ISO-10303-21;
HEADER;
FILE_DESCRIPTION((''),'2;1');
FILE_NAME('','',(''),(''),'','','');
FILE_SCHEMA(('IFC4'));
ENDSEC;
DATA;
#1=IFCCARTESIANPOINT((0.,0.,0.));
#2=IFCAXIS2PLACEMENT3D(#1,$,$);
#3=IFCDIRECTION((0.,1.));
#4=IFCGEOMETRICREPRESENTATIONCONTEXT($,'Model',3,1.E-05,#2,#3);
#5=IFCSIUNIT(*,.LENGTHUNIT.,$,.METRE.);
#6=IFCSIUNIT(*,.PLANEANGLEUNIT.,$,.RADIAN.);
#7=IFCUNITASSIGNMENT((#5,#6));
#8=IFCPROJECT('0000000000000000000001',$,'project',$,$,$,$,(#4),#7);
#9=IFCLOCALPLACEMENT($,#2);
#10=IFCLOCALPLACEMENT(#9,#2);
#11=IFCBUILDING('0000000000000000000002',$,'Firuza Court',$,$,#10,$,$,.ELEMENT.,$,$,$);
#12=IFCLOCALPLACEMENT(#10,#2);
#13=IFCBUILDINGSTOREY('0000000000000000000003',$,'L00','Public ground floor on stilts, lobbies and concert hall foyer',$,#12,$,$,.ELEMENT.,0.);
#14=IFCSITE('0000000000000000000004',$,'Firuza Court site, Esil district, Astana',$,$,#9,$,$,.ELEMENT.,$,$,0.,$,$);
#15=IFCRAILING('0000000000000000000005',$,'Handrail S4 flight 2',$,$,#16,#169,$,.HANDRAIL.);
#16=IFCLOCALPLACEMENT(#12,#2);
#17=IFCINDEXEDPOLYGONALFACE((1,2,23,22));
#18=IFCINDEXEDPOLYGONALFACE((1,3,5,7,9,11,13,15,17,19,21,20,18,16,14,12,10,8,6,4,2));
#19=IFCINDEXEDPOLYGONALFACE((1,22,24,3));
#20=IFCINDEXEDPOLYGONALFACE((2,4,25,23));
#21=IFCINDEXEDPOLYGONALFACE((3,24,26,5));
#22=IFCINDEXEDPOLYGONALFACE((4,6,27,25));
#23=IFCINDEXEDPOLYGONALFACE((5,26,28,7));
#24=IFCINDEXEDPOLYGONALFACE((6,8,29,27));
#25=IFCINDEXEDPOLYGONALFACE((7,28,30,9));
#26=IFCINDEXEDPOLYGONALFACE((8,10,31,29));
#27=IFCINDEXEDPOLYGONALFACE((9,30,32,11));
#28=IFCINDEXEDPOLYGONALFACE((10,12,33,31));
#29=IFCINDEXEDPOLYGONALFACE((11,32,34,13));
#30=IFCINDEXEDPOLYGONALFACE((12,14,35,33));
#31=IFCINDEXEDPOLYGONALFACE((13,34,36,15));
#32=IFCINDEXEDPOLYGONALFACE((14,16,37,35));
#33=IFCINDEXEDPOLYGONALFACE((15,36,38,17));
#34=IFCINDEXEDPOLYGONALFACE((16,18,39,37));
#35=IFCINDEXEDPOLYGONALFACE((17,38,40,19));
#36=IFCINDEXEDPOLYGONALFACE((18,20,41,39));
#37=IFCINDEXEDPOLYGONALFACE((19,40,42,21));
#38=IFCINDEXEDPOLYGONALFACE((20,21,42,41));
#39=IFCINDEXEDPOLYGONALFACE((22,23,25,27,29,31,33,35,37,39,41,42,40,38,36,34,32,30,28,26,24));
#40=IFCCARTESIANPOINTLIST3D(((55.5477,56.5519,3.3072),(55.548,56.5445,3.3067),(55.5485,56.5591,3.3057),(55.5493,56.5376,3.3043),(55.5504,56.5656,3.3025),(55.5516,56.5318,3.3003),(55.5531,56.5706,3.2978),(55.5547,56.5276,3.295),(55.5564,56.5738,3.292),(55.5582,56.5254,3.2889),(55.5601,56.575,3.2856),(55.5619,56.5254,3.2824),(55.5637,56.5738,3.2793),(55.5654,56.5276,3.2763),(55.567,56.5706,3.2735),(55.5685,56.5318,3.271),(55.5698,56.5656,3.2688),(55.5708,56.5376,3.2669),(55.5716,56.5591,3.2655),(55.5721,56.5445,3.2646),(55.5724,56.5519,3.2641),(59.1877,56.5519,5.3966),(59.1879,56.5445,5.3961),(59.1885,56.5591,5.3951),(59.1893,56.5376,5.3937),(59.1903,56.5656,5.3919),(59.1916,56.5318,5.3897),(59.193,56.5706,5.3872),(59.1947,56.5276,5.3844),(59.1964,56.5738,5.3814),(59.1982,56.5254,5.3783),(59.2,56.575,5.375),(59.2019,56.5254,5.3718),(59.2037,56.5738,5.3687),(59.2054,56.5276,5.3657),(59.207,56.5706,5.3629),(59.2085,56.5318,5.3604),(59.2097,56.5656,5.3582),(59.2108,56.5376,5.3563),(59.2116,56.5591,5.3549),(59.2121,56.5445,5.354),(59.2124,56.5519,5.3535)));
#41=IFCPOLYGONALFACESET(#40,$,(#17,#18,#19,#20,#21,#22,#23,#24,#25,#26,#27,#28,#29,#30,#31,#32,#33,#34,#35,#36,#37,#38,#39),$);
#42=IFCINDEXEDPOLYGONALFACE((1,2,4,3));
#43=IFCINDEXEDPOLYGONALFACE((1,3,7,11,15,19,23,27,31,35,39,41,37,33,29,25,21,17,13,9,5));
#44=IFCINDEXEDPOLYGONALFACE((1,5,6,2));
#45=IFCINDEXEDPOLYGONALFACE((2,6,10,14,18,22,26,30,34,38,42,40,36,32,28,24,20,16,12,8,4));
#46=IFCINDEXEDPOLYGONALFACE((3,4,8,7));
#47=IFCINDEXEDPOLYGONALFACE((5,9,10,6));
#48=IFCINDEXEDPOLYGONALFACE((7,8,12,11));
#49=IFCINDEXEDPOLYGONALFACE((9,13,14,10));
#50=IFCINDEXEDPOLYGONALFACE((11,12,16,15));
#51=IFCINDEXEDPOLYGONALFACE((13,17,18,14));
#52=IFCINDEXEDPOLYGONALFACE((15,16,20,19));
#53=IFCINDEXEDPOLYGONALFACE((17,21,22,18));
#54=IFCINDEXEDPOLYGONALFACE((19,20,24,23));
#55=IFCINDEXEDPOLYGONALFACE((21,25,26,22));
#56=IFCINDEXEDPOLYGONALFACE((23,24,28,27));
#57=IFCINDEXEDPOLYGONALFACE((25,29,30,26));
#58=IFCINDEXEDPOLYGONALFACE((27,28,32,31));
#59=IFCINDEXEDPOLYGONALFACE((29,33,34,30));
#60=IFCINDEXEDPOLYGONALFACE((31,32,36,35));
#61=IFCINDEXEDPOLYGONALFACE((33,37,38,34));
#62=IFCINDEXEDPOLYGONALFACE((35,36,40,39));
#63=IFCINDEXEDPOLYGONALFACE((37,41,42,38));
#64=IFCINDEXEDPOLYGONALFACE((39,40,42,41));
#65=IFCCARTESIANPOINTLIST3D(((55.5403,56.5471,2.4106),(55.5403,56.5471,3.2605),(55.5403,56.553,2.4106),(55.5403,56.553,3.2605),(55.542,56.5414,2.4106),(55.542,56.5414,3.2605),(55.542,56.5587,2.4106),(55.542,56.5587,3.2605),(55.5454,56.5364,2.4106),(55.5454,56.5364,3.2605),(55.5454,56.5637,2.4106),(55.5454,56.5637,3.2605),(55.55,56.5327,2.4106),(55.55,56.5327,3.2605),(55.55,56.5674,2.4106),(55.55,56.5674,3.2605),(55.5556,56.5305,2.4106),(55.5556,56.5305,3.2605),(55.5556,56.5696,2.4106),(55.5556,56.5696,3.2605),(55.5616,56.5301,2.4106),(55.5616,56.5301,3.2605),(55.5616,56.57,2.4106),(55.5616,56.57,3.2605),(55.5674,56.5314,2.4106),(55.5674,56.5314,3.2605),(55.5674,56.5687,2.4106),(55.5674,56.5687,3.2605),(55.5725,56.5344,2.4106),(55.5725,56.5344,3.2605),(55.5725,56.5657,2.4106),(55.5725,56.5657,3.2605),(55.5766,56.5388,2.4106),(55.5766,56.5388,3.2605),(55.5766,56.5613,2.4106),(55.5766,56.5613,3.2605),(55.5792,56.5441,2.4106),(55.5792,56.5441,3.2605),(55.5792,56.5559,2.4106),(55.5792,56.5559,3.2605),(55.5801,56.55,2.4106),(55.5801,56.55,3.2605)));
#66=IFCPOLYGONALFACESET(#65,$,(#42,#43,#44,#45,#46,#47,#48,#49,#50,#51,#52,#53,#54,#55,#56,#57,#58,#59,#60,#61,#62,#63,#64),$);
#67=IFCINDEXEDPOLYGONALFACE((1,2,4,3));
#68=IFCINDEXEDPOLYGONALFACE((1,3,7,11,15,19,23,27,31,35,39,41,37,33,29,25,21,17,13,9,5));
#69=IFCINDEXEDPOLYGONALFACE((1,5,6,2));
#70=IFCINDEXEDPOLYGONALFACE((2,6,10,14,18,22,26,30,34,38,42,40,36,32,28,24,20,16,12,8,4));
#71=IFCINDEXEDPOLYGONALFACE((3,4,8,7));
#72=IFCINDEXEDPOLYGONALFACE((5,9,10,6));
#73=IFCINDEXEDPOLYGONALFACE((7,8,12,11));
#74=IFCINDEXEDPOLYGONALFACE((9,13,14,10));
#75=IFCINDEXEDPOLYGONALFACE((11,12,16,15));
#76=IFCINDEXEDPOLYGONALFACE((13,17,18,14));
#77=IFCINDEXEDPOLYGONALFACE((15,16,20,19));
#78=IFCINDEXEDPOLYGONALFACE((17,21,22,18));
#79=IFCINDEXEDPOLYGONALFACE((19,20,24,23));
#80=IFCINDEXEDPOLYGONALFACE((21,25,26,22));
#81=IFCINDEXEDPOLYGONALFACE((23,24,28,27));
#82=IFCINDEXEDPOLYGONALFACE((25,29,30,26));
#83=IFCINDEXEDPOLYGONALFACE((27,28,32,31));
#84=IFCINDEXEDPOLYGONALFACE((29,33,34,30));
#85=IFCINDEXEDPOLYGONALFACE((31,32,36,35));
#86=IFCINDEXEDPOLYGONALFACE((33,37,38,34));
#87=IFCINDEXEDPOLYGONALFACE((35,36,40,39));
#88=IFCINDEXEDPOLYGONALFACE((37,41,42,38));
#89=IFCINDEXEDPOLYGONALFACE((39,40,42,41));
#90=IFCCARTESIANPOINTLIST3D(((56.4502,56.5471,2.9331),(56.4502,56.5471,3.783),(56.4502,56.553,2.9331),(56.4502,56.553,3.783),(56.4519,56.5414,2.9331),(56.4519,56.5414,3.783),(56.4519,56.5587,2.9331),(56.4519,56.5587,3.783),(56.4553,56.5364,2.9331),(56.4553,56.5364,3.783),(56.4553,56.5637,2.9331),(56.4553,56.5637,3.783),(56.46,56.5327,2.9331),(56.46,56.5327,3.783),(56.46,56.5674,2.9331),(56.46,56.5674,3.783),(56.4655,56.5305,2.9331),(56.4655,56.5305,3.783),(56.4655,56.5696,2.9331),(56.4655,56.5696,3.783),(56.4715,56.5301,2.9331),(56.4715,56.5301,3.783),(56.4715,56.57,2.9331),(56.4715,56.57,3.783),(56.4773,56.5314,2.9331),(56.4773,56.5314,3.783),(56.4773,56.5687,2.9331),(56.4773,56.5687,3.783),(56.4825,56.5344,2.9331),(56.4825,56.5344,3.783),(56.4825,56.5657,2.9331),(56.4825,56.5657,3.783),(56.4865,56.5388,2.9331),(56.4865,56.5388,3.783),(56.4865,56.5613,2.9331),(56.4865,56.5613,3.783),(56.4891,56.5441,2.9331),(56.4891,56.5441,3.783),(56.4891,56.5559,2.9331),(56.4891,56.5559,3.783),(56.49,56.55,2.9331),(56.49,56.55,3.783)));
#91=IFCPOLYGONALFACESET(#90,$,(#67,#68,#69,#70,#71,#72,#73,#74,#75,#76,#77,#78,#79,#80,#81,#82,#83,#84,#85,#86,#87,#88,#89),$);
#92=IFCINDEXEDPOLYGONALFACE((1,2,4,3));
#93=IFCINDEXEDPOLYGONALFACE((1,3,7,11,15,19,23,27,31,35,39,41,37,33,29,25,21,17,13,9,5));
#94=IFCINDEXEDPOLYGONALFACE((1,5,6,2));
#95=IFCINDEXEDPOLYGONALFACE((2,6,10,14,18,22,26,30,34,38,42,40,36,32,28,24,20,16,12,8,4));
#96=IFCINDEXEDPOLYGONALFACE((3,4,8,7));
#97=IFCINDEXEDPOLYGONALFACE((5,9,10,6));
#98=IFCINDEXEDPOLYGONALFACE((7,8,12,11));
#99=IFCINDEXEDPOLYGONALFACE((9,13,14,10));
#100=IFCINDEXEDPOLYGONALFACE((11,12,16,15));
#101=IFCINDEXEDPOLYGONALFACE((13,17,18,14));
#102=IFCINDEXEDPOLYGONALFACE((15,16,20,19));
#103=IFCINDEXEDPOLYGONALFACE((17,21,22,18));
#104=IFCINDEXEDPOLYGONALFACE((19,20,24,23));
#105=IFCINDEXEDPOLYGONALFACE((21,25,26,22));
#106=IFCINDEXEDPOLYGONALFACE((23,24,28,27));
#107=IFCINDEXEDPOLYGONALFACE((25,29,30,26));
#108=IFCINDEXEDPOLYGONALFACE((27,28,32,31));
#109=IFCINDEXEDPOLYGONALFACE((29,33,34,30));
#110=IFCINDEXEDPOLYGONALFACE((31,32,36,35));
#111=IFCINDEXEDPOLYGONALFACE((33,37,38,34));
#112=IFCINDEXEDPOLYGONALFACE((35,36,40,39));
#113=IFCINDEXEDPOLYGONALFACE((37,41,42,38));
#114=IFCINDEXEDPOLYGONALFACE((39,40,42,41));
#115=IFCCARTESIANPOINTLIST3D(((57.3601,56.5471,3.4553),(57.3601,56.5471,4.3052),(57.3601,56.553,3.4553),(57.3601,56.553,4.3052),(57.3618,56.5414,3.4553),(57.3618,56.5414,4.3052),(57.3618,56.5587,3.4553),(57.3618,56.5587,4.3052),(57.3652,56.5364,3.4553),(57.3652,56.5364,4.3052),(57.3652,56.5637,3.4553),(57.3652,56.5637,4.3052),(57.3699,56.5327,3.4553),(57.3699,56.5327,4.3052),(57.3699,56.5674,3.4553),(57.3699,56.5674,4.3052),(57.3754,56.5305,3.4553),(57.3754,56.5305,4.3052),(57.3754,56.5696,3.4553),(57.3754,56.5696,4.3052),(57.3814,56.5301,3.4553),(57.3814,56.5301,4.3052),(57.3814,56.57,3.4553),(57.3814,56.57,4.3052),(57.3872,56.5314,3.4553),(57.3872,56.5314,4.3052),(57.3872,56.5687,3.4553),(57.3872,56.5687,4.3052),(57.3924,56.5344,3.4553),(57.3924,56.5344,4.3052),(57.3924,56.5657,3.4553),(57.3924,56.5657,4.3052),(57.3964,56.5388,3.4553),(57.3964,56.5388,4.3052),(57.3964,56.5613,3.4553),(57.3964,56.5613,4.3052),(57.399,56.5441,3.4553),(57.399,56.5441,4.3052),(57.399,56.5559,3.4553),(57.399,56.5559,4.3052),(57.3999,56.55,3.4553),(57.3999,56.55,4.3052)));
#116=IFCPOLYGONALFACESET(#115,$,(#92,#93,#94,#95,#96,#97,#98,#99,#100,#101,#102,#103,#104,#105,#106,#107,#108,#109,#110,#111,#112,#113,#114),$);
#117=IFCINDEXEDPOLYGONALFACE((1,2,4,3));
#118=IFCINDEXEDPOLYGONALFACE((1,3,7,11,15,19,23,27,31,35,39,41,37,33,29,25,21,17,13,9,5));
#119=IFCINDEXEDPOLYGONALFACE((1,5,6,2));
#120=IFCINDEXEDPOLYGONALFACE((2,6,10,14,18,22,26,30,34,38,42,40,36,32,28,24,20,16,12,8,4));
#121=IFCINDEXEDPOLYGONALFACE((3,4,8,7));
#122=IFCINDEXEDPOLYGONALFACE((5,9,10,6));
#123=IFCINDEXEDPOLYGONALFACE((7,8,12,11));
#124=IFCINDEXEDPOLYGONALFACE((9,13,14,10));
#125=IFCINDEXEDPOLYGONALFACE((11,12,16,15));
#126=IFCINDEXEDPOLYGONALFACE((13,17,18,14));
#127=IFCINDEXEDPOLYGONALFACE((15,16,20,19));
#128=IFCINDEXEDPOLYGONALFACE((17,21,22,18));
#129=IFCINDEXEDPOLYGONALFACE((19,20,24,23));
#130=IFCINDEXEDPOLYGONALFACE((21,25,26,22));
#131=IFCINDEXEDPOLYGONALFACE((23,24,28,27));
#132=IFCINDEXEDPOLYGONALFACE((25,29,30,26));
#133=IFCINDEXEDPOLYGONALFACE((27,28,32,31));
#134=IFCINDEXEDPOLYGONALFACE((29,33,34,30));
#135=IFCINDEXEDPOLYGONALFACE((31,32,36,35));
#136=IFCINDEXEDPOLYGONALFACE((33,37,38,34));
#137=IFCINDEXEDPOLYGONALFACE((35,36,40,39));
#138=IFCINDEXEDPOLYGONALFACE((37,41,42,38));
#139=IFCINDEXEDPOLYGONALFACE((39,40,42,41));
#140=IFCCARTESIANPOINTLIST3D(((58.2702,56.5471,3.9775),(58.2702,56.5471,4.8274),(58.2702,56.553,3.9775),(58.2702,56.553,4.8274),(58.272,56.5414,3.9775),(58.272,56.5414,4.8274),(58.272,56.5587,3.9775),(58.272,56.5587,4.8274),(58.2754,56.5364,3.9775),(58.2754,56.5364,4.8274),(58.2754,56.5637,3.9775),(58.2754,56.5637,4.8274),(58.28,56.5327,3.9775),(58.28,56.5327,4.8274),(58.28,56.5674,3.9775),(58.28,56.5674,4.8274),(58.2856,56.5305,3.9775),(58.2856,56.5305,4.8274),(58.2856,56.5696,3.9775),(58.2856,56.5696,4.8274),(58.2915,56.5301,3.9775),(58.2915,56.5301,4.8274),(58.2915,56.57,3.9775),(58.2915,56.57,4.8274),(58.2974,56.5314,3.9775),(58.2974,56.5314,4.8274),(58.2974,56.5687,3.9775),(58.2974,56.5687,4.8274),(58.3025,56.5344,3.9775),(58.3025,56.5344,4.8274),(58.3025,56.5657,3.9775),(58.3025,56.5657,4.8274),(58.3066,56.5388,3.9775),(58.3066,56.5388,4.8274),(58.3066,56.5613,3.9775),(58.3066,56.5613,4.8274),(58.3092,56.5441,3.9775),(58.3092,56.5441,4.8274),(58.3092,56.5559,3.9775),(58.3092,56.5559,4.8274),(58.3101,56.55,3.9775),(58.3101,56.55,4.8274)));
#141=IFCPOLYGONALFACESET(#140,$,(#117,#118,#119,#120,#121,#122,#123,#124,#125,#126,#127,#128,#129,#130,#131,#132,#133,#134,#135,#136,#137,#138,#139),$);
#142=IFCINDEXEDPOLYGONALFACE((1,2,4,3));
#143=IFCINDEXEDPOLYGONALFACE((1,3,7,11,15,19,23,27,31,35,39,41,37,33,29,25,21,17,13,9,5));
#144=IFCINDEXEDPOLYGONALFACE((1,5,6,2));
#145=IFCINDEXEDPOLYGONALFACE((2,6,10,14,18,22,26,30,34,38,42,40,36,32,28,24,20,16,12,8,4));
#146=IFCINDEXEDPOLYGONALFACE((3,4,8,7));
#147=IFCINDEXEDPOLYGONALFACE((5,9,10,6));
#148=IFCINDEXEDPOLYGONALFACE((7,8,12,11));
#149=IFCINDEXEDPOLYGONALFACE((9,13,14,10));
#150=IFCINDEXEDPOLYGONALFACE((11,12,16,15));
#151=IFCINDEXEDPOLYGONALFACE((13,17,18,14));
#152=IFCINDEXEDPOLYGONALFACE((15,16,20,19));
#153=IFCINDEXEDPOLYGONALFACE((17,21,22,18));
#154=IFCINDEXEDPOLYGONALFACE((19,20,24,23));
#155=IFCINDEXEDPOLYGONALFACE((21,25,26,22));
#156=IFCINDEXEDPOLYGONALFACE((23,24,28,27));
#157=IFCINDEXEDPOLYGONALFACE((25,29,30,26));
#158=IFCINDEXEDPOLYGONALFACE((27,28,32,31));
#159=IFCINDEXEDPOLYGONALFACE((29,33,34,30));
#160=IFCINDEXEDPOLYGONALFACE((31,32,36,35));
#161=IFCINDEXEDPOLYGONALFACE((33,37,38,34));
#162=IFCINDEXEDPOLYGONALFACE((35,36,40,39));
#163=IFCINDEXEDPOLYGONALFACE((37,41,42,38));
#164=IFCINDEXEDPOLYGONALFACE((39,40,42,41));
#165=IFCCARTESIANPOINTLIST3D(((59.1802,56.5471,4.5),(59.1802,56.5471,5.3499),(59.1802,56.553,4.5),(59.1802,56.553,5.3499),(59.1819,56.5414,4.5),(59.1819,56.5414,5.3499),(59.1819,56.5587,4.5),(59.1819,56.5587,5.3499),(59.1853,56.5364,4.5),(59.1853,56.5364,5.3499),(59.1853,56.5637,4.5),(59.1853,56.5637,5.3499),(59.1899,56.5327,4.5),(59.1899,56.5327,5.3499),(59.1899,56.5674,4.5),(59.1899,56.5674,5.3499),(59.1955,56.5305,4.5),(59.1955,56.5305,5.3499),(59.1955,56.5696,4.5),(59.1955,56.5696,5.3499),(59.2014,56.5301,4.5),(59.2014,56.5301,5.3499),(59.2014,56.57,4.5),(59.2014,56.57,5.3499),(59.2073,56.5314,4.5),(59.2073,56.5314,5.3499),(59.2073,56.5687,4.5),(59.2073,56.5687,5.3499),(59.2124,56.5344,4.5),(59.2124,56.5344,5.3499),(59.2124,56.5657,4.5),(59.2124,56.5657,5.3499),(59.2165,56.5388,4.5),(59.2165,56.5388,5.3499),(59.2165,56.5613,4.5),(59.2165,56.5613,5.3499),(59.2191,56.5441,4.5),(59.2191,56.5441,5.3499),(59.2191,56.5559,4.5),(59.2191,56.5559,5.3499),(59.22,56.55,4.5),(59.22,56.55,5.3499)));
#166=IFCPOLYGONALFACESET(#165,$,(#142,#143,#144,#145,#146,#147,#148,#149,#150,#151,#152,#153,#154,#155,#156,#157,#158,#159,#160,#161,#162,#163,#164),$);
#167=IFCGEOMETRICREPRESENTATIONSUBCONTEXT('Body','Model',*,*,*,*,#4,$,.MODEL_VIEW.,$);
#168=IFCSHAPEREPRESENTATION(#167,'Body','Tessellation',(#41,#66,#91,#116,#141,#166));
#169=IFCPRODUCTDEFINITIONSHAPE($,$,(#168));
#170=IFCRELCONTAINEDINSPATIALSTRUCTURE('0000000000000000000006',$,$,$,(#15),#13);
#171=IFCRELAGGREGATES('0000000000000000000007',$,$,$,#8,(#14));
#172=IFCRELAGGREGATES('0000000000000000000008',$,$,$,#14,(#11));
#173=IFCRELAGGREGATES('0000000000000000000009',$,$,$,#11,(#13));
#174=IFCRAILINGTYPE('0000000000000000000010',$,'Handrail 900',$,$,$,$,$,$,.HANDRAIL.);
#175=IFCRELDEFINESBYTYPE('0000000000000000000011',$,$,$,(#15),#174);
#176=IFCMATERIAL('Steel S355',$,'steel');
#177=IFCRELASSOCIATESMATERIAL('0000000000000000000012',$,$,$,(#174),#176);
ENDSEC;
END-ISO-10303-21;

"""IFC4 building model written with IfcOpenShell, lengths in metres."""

from ifc_helpers import new_model, si_unit, direction, frame, origin, origin_2d, place, context, subcontext, project, spatial, circle, extrude, material, type_object, element, save


model = new_model("IFC4")

# Units and contexts
model_context = context("Model", 3, precision=1e-05, world=origin(), true_north=direction((0.0, 1.0)))
body_context = subcontext(model_context, "Body", "Model", "MODEL_VIEW")
ifc_project = project(units=[si_unit("LENGTHUNIT", "METRE"), si_unit("PLANEANGLEUNIT", "RADIAN")], contexts=[model_context])

# Site, building, storey
site_placement = place(None, origin())
site = spatial("IfcSite", under=ifc_project, at=site_placement, Name="Firuza Court site, Esil district, Astana", CompositionType="ELEMENT", RefElevation=0.0)
building_placement = place(site_placement, origin())
building = spatial("IfcBuilding", under=site, at=building_placement, Name="Firuza Court", CompositionType="ELEMENT")
storey_placement = place(building_placement, origin())
storey = spatial("IfcBuildingStorey", under=building, at=storey_placement, Name="L00", Description="Public ground floor on stilts, lobbies and concert hall foyer", CompositionType="ELEMENT", Elevation=0.0)

# Railing
ifc_material_1 = material(Name="Steel S355", Category="steel")
railing_type_1 = type_object("IfcRailingType", Name="Handrail 900", PredefinedType="HANDRAIL", material=ifc_material_1)
railing_1_placement = place(storey_placement, frame((55.5601, 56.55, 2.4106)))
element("IfcRailing", 1, at=railing_1_placement, inside=storey, type_object=railing_type_1, Name="Handrail S4 flight 2", PredefinedType="HANDRAIL", context=body_context, shape_type="SweptSolid", body=[
    extrude(circle(Radius=0.0249, at=origin_2d()), frame((0.0, 0.0, 0.875), z_axis=(0.867275, 0.0, 0.497829), x_axis=(0.0, 1.0, 0.0)), (0.0, 0.0, 1.0), 4.197),
    extrude(circle(Radius=0.02, at=origin_2d()), origin(), (0.0, 0.0, 1.0), 0.8499),
    extrude(circle(Radius=0.02, at=origin_2d()), frame((0.9099, 0.0, 0.5225)), (0.0, 0.0, 1.0), 0.8499),
    extrude(circle(Radius=0.02, at=origin_2d()), frame((1.8198, 0.0, 1.0447)), (0.0, 0.0, 1.0), 0.8499),
    extrude(circle(Radius=0.02, at=origin_2d()), frame((2.73, 0.0, 1.5669)), (0.0, 0.0, 1.0), 0.8499),
    extrude(circle(Radius=0.02, at=origin_2d()), frame((3.6399, 0.0, 2.0894)), (0.0, 0.0, 1.0), 0.8499),
])

save(model, "model.ifc")
